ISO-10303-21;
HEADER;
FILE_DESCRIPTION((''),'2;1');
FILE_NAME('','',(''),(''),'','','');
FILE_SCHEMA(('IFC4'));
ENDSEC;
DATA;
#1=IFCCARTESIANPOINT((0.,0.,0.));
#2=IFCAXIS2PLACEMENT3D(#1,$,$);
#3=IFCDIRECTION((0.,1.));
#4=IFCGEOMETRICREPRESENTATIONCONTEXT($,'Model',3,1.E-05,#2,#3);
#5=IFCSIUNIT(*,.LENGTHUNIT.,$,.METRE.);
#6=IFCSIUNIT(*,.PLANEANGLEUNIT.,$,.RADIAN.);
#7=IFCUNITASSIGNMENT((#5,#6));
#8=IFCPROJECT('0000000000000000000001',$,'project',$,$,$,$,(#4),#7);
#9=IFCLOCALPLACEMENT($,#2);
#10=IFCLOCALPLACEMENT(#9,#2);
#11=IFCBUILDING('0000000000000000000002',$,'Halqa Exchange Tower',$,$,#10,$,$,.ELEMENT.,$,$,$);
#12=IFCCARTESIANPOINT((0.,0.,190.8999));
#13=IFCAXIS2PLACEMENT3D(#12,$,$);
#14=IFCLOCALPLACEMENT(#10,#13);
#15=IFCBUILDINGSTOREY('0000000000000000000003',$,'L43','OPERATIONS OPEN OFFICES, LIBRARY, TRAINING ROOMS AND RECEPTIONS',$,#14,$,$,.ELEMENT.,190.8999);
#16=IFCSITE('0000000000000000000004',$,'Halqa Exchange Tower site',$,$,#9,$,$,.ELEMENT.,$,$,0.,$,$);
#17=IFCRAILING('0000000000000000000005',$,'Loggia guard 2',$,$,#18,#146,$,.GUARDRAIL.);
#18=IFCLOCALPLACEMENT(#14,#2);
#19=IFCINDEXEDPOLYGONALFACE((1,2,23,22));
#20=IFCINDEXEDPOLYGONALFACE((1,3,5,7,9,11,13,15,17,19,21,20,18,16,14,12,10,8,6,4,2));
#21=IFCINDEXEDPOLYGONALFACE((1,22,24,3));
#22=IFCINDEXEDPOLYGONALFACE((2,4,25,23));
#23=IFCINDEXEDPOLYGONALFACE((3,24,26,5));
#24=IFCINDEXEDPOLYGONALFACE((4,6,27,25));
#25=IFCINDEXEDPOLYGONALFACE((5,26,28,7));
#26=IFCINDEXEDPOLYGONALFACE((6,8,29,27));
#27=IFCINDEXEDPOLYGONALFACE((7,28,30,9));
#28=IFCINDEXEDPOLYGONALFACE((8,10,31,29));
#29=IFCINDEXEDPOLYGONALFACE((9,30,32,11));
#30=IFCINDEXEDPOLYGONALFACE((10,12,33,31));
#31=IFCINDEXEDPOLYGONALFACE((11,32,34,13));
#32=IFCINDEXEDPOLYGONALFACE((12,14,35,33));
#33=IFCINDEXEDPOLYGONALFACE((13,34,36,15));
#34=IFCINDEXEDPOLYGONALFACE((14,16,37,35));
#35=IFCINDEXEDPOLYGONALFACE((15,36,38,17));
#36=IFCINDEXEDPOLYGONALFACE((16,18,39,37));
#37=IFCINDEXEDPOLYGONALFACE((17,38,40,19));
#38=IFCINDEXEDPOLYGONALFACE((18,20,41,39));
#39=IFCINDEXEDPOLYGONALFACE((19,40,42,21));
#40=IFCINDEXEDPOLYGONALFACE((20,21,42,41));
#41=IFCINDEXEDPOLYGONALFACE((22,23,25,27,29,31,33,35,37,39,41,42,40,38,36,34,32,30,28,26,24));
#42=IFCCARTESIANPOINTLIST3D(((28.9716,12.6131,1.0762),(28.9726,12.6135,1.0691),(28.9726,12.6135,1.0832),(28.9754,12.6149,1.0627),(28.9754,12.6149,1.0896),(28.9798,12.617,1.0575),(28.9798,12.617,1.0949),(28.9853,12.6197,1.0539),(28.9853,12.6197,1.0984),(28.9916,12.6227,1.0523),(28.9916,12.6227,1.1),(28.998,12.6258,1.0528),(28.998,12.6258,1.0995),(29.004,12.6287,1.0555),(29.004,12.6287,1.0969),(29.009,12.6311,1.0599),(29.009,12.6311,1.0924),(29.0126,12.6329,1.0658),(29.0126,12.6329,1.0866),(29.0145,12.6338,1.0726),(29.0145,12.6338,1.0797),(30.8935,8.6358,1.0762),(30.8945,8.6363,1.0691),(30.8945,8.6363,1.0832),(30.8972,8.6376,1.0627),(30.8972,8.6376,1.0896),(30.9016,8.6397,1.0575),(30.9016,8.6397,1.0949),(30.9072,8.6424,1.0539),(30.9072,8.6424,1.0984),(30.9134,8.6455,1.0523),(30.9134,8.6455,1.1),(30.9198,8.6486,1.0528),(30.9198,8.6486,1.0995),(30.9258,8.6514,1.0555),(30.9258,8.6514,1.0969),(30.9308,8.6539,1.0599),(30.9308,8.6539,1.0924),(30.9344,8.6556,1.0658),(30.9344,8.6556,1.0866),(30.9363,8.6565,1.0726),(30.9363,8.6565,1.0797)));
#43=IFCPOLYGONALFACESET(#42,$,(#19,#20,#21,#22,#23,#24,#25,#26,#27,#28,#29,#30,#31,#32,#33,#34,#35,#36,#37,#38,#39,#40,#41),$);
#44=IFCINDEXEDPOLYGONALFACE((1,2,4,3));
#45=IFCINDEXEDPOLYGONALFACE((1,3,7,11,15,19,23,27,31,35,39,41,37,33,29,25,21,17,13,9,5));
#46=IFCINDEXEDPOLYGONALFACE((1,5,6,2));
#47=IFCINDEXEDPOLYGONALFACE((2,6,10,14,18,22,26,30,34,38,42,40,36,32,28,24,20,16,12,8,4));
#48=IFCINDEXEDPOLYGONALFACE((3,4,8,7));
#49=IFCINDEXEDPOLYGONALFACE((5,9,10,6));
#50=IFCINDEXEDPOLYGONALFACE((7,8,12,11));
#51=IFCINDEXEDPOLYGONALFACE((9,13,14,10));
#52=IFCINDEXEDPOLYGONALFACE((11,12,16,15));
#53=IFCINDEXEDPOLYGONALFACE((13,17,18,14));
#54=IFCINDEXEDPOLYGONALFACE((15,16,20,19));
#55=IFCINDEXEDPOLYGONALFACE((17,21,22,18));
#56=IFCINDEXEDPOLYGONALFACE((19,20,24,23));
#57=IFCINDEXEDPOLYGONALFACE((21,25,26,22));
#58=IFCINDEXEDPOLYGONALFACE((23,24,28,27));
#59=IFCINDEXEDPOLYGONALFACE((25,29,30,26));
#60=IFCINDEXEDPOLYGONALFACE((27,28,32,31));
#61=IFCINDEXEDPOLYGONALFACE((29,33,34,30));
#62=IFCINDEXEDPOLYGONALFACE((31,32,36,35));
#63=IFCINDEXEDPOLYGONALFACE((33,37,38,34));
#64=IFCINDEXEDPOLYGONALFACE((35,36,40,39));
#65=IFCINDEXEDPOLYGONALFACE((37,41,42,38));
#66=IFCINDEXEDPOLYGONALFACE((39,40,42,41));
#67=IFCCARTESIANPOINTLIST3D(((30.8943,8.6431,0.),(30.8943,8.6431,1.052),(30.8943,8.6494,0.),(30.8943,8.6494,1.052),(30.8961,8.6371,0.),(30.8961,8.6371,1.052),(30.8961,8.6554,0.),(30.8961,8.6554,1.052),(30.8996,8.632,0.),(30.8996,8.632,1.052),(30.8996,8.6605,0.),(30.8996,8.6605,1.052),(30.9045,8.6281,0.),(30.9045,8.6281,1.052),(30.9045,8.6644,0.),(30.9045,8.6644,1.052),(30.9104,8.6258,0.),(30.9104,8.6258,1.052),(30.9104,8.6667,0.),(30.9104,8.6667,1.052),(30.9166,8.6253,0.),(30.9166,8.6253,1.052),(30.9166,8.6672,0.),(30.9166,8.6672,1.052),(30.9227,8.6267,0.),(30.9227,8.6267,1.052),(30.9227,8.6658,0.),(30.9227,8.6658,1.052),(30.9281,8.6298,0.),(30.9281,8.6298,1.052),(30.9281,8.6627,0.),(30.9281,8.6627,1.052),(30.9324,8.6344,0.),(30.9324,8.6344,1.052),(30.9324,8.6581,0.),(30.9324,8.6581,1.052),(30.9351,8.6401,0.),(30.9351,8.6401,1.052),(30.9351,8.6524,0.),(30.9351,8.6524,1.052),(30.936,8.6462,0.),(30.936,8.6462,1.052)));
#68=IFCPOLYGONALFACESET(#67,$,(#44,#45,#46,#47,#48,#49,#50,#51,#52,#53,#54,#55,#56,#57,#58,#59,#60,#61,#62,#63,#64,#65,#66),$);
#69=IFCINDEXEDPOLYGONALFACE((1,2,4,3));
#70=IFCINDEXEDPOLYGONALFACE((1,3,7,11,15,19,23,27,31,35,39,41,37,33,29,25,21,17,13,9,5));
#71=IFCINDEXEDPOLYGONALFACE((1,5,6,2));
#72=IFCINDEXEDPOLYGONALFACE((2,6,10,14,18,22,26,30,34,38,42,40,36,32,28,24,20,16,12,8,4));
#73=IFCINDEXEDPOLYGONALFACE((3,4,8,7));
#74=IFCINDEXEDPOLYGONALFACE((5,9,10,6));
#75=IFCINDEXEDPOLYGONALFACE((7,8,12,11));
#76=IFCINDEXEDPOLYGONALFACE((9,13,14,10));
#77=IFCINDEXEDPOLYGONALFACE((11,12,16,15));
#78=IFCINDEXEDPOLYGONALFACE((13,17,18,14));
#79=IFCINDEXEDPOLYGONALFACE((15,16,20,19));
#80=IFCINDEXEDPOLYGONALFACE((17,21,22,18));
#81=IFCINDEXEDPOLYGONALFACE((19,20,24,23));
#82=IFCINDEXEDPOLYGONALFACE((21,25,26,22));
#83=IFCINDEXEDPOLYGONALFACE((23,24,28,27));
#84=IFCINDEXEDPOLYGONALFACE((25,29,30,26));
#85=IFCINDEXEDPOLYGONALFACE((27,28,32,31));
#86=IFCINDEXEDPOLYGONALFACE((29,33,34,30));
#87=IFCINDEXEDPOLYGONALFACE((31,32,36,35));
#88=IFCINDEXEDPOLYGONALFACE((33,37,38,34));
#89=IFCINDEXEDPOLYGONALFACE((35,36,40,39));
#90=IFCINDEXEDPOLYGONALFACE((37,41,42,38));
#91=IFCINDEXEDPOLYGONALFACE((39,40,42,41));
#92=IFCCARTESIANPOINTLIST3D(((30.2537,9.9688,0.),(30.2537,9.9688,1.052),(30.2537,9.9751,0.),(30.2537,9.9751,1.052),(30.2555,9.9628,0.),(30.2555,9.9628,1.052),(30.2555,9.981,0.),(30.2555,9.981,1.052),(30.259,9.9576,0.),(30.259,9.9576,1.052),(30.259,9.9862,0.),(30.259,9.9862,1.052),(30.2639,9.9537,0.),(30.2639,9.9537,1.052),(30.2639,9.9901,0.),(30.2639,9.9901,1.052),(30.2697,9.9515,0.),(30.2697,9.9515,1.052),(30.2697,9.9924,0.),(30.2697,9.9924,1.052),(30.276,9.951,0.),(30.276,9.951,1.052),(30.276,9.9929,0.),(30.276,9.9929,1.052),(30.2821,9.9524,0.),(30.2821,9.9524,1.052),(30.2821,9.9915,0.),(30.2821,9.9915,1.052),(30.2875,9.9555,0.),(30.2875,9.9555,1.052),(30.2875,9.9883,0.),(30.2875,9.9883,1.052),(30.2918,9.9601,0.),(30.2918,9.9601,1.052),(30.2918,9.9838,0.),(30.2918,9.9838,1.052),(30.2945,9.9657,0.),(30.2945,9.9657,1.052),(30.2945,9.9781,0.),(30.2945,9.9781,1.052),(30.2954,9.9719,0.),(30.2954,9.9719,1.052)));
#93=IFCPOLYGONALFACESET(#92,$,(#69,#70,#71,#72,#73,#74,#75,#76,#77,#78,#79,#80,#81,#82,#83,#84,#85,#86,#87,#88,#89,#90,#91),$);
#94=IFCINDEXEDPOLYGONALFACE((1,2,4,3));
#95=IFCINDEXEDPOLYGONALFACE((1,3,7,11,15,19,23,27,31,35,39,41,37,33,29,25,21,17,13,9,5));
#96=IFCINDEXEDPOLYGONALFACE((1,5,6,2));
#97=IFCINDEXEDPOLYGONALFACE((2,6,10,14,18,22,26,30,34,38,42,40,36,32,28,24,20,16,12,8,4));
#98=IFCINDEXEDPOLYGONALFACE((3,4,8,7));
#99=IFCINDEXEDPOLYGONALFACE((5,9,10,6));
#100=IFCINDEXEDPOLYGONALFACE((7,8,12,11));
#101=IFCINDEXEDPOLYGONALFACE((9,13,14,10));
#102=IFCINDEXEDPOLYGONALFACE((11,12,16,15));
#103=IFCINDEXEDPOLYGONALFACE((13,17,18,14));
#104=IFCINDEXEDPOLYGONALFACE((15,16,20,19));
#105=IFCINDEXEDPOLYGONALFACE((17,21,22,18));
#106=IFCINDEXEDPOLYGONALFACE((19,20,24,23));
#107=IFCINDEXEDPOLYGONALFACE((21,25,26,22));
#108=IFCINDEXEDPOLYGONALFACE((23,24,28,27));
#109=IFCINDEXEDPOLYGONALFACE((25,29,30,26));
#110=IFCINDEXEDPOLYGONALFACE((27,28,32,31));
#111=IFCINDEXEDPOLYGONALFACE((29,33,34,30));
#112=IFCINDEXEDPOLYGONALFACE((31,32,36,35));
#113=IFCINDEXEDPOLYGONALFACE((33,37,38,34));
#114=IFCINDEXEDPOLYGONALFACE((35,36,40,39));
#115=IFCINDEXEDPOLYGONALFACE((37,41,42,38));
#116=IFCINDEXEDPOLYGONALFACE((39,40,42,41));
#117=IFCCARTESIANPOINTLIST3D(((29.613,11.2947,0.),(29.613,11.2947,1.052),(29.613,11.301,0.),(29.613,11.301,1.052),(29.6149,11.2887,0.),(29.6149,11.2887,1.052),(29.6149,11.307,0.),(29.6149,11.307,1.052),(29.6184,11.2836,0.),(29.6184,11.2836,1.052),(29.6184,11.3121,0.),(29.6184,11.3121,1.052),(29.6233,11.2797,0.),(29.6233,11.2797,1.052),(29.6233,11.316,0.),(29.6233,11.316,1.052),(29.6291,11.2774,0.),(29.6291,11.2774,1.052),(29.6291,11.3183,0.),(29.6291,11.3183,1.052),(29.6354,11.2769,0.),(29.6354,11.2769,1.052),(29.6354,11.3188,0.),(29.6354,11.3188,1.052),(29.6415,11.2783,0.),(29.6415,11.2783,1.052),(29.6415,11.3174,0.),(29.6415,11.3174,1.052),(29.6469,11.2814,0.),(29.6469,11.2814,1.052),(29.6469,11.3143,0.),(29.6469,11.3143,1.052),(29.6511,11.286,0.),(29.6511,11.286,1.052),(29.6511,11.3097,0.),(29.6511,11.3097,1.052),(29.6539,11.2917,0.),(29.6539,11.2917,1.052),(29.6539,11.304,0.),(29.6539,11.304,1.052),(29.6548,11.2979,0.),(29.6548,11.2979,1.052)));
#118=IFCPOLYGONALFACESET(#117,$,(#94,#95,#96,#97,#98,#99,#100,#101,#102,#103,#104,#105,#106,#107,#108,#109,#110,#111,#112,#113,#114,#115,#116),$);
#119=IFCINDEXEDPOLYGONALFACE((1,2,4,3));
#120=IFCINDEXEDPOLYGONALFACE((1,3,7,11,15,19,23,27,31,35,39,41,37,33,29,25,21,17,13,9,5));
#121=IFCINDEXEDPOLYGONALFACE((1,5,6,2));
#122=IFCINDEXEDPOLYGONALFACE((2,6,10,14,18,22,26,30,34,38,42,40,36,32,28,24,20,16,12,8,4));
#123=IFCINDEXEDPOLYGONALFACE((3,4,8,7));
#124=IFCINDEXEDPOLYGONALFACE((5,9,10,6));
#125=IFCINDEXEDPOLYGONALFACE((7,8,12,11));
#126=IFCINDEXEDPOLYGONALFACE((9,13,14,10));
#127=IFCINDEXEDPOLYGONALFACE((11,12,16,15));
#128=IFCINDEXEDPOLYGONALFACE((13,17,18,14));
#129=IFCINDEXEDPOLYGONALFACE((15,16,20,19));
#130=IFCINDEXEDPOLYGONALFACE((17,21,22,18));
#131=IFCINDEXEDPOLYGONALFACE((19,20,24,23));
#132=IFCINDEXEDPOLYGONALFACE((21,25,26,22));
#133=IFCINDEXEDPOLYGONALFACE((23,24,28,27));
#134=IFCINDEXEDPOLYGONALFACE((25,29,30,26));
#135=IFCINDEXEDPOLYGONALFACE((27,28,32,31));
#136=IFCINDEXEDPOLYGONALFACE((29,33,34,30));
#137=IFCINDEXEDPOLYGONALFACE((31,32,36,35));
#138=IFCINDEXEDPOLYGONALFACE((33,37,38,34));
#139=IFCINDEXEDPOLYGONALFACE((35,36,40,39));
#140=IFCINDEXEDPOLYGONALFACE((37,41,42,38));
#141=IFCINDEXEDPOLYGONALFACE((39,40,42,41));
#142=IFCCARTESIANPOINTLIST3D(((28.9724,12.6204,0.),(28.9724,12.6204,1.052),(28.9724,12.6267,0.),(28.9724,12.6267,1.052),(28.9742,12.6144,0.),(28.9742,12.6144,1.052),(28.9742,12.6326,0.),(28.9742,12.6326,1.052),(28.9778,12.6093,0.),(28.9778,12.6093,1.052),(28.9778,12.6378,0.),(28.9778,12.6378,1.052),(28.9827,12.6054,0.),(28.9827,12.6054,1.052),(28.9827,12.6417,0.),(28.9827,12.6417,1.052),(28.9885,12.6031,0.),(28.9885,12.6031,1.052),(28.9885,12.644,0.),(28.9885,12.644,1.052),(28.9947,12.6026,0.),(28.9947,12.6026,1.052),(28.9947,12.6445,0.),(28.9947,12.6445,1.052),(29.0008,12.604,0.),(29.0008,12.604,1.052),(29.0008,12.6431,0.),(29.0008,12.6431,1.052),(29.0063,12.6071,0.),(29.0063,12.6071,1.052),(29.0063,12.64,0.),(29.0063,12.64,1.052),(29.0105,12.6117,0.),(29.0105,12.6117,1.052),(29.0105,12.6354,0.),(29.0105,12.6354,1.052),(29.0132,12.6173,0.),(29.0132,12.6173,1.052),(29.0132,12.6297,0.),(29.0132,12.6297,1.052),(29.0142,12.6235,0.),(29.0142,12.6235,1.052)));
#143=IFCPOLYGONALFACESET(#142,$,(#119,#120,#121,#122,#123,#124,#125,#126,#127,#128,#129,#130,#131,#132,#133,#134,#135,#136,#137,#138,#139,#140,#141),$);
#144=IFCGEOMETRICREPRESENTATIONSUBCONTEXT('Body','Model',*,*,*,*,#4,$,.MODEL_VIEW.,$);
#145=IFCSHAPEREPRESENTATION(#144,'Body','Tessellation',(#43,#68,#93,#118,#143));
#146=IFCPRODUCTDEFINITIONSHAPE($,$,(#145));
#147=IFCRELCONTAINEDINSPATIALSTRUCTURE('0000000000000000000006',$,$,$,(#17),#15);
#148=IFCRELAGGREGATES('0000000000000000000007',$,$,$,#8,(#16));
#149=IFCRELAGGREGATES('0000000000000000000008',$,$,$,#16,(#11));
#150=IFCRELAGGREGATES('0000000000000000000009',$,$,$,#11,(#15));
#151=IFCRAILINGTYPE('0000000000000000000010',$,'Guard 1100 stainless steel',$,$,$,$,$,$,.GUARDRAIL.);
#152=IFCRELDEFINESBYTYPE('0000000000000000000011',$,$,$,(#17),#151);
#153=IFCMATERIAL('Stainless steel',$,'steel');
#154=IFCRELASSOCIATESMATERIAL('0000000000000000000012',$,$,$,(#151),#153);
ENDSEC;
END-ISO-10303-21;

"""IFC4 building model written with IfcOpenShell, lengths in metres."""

from ifc_helpers import new_model, si_unit, direction, frame, origin, origin_2d, place, context, subcontext, project, spatial, circle, extrude, material, type_object, element, save


model = new_model("IFC4")

# Units and contexts
model_context = context("Model", 3, precision=1e-05, world=origin(), true_north=direction((0.0, 1.0)))
body_context = subcontext(model_context, "Body", "Model", "MODEL_VIEW")
ifc_project = project(units=[si_unit("LENGTHUNIT", "METRE"), si_unit("PLANEANGLEUNIT", "RADIAN")], contexts=[model_context])

# Site, building, storey
site_placement = place(None, origin())
site = spatial("IfcSite", under=ifc_project, at=site_placement, Name="Halqa Exchange Tower site", CompositionType="ELEMENT", RefElevation=0.0)
building_placement = place(site_placement, origin())
building = spatial("IfcBuilding", under=site, at=building_placement, Name="Halqa Exchange Tower", CompositionType="ELEMENT")
storey_placement = place(building_placement, frame((0.0, 0.0, 190.8999)))
storey = spatial("IfcBuildingStorey", under=building, at=storey_placement, Name="L43", Description="OPERATIONS OPEN OFFICES, LIBRARY, TRAINING ROOMS AND RECEPTIONS", CompositionType="ELEMENT", Elevation=190.8999)

# Railing
ifc_material_1 = material(Name="Stainless steel", Category="steel")
railing_type = type_object("IfcRailingType", Name="Guard 1100 stainless steel", PredefinedType="GUARDRAIL", material=ifc_material_1)
railing_1_placement = place(storey_placement, frame((30.915, 8.6462, 0.0)))
element("IfcRailing", 1, at=railing_1_placement, inside=storey, type_object=railing_type, Name="Loggia guard 2", PredefinedType="GUARDRAIL", context=body_context, shape_type="SweptSolid", body=[
    extrude(circle(Radius=0.0239, at=origin_2d()), frame((0.0, 0.0, 1.0762), z_axis=(-0.43508, 0.900392, 0.0), x_axis=(-0.900392, -0.43508, 0.0)), (0.0, 0.0, 1.0), 4.4172),
    extrude(circle(Radius=0.021, at=origin_2d()), origin(), (0.0, 0.0, 1.0), 1.052),
    extrude(circle(Radius=0.021, at=origin_2d()), frame((-0.6406, 1.3257, 0.0)), (0.0, 0.0, 1.0), 1.052),
    extrude(circle(Radius=0.021, at=origin_2d()), frame((-1.2812, 2.6516, 0.0)), (0.0, 0.0, 1.0), 1.052),
    extrude(circle(Radius=0.021, at=origin_2d()), frame((-1.9219, 3.9773, 0.0)), (0.0, 0.0, 1.0), 1.052),
])

save(model, "model.ifc")
